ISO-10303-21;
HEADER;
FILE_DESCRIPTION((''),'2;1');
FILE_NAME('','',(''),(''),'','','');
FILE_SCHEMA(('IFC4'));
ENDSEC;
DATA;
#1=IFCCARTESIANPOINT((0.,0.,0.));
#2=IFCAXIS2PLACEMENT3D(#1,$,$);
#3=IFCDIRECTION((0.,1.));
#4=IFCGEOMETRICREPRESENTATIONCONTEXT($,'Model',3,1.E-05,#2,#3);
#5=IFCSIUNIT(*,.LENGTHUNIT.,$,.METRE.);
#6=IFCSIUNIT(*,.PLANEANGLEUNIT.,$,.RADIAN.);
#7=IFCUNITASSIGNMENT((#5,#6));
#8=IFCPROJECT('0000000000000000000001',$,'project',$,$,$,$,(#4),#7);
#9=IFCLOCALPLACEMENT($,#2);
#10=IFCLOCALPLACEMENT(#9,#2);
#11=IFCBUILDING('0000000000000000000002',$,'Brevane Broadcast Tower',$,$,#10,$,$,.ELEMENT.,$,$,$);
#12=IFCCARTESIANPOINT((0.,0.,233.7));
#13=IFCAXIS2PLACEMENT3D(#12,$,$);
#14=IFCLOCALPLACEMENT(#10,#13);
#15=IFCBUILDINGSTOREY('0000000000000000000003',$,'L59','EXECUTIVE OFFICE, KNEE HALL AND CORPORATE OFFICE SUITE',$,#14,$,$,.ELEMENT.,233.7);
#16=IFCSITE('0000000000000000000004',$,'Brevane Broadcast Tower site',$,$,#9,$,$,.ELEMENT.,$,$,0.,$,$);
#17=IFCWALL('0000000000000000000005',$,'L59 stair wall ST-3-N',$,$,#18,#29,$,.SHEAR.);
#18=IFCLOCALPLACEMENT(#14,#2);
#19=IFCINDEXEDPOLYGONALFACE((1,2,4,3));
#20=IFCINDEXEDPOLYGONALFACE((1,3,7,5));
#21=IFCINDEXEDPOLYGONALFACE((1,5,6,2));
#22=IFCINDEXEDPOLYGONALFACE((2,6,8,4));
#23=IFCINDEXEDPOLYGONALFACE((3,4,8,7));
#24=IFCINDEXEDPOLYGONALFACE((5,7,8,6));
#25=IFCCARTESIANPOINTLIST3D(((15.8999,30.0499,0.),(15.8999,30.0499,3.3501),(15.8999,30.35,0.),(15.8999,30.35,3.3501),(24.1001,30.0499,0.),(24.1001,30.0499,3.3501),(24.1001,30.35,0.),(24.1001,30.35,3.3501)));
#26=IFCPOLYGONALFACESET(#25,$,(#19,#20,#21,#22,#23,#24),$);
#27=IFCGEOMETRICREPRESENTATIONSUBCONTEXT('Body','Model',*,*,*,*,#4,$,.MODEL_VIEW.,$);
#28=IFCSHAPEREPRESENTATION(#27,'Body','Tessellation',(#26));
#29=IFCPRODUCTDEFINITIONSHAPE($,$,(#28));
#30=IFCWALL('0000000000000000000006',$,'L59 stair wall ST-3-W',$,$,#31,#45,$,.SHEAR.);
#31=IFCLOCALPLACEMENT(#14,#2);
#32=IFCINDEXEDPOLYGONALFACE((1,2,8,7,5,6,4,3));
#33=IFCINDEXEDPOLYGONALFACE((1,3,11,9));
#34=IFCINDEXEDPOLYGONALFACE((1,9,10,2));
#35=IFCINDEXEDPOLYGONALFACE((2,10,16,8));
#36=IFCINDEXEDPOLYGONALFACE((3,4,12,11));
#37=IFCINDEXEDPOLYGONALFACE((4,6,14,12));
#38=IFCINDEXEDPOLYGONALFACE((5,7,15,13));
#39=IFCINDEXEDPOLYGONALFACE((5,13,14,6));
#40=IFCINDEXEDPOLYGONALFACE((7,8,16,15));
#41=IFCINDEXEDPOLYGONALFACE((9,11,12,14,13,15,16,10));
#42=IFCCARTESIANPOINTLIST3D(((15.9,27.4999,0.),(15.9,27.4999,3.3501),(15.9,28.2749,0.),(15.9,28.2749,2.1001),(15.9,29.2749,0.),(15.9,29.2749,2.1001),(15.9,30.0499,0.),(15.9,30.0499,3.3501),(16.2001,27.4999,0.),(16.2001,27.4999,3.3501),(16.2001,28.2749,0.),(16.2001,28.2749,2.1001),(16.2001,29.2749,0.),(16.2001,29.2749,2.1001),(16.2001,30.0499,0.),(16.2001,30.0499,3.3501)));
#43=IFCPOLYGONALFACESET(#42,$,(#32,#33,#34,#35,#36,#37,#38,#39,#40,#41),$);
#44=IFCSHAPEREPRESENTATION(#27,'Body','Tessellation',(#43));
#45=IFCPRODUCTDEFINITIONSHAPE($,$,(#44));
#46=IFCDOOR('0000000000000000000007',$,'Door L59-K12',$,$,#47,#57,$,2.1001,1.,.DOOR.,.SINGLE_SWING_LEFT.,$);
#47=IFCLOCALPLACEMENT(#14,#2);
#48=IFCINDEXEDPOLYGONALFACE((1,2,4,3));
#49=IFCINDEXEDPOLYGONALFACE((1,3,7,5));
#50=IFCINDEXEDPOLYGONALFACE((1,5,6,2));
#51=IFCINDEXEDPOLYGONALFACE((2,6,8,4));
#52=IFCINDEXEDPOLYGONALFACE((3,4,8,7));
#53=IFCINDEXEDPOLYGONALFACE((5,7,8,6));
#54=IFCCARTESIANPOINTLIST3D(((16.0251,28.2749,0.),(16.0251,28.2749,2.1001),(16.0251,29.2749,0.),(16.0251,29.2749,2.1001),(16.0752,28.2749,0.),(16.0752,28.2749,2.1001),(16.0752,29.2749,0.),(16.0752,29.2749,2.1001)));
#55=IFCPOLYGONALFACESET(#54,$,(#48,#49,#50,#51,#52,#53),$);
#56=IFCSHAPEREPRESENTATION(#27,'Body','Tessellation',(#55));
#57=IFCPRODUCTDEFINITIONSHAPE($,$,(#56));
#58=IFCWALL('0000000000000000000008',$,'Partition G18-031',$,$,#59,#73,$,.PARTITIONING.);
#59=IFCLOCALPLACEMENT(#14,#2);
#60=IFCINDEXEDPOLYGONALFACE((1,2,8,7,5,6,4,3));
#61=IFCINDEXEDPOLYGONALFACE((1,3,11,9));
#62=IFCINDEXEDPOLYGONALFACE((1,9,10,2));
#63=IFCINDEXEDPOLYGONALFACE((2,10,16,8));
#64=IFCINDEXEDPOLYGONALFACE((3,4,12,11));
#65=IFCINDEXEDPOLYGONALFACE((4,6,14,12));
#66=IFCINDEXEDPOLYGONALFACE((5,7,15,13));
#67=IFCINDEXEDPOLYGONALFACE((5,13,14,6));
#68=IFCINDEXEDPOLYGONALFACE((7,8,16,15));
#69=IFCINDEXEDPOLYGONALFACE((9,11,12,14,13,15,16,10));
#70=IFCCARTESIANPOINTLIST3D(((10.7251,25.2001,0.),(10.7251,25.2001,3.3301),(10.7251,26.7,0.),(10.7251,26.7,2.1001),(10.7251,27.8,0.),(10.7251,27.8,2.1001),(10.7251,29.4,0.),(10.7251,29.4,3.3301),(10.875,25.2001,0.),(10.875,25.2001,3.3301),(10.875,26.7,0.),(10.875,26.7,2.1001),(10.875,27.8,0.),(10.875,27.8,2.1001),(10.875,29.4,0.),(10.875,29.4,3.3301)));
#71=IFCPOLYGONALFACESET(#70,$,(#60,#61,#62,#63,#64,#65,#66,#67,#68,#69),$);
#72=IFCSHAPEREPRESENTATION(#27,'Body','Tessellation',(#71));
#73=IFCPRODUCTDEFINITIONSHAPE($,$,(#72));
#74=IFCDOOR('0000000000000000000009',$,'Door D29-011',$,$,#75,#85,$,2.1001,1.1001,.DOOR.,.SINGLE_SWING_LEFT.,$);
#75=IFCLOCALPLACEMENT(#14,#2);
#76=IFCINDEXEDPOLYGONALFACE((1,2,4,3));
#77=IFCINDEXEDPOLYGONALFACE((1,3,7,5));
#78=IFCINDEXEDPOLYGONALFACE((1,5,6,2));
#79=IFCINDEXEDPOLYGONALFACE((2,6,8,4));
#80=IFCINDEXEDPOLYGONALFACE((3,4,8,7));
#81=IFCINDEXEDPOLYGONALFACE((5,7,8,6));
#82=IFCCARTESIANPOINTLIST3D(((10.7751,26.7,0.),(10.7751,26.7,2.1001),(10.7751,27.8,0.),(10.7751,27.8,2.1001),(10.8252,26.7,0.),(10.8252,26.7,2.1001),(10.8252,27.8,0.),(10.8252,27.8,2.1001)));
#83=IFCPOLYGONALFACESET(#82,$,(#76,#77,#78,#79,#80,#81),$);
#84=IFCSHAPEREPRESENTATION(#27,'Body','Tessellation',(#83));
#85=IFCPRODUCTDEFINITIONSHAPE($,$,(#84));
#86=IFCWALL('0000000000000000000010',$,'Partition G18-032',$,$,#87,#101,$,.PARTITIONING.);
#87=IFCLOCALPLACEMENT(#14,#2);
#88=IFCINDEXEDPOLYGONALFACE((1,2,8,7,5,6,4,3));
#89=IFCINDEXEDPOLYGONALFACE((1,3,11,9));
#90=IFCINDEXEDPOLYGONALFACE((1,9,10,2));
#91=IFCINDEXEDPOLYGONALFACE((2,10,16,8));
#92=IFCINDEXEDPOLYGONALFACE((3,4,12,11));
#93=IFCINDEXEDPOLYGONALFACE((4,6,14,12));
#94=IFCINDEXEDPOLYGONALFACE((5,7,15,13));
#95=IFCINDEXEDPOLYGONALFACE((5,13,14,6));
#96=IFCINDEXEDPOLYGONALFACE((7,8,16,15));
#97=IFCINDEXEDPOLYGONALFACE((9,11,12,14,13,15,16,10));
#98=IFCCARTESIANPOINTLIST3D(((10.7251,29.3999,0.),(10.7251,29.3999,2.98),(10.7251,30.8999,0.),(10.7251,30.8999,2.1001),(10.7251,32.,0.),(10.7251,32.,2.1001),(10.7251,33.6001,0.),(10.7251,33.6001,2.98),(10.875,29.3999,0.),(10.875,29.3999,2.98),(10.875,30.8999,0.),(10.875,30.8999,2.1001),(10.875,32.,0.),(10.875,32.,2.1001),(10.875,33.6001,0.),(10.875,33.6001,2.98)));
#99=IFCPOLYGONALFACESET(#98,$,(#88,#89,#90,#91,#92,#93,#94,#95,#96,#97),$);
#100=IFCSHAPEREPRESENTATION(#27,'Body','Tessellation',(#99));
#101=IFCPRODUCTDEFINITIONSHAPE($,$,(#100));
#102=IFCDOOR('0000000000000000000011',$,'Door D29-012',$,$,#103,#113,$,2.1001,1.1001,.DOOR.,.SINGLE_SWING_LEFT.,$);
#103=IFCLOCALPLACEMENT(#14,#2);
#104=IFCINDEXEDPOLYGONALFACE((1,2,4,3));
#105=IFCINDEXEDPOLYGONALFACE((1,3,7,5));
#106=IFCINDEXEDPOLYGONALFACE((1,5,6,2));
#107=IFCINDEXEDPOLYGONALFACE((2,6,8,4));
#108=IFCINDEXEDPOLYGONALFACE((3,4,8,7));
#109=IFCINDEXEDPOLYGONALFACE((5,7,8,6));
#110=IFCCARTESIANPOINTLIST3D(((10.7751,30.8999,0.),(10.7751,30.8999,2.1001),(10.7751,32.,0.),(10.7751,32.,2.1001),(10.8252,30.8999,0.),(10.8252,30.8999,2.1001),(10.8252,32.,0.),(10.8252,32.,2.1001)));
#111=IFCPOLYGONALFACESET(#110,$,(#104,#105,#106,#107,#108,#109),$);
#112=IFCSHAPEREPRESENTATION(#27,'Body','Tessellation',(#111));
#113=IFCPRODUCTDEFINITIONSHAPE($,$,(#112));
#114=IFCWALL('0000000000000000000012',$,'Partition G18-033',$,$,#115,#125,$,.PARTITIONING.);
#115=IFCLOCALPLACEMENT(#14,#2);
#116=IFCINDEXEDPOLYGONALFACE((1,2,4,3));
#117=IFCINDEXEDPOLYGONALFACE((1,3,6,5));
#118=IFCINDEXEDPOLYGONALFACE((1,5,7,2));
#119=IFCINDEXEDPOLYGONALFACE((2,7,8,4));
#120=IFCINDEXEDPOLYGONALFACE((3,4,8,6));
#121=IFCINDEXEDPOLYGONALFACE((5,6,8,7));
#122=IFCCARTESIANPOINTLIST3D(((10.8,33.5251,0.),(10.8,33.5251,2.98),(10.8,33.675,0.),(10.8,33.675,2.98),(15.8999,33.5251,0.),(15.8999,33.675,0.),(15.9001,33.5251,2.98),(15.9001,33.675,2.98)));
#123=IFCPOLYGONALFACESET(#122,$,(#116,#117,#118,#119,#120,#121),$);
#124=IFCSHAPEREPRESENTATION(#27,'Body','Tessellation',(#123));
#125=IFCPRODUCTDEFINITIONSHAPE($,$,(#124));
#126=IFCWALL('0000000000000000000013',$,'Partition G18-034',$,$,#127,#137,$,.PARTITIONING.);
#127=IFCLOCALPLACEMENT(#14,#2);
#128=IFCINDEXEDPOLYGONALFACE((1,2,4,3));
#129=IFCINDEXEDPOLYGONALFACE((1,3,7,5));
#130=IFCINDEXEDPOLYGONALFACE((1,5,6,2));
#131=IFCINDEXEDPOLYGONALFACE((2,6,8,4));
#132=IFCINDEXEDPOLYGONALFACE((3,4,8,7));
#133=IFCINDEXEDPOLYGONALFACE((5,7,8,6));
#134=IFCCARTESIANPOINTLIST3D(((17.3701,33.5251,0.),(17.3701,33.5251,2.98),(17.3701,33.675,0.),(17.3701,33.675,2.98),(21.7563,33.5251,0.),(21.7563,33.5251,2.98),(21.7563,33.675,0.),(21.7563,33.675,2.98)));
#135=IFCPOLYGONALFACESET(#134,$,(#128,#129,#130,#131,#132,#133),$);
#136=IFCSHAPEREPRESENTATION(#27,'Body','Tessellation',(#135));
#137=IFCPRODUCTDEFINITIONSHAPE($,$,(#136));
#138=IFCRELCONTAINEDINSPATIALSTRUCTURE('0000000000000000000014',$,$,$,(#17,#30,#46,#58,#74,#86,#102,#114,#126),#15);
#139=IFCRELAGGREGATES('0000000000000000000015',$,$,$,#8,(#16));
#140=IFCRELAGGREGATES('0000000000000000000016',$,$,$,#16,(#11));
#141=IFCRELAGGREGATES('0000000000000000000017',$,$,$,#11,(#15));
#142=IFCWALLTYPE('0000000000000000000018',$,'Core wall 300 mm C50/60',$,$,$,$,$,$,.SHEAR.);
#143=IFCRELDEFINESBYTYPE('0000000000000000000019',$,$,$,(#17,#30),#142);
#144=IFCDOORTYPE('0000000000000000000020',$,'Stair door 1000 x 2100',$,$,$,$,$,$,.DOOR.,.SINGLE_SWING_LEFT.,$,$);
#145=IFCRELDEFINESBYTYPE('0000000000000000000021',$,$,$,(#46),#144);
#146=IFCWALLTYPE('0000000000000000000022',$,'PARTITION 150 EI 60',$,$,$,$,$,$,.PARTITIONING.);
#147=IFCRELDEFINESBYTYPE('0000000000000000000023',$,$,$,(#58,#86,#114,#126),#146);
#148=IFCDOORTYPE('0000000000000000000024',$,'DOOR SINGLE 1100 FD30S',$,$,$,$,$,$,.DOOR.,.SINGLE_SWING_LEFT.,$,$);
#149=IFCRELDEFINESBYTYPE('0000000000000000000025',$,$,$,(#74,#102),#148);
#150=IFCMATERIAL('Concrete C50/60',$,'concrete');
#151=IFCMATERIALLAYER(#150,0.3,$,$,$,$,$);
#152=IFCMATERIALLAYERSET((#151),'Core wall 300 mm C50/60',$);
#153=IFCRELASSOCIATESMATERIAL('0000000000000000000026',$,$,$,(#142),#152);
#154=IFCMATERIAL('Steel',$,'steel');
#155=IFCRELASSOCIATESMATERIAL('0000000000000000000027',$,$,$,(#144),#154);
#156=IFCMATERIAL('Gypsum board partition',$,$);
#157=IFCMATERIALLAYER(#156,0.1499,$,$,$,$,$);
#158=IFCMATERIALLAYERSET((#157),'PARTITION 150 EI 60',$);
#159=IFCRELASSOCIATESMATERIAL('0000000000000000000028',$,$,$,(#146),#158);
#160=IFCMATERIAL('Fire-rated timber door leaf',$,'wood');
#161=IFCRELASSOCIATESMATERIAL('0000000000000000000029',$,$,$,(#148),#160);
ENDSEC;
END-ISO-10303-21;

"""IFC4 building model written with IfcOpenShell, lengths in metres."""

from ifc_helpers import new_model, si_unit, direction, frame, frame_2d, origin, place, context, subcontext, project, spatial, polyline, rectangle, outline, extrude, material, layer, layer_set, type_object, element, fill, save


model = new_model("IFC4")

# Units and contexts
model_context = context("Model", 3, precision=1e-05, world=origin(), true_north=direction((0.0, 1.0)))
body_context = subcontext(model_context, "Body", "Model", "MODEL_VIEW")
ifc_project = project(units=[si_unit("LENGTHUNIT", "METRE"), si_unit("PLANEANGLEUNIT", "RADIAN")], contexts=[model_context])

# Site, building, storey
site_placement = place(None, origin())
site = spatial("IfcSite", under=ifc_project, at=site_placement, Name="Brevane Broadcast Tower site", CompositionType="ELEMENT", RefElevation=0.0)
building_placement = place(site_placement, origin())
building = spatial("IfcBuilding", under=site, at=building_placement, Name="Brevane Broadcast Tower", CompositionType="ELEMENT")
storey_placement = place(building_placement, frame((0.0, 0.0, 233.7)))
storey = spatial("IfcBuildingStorey", under=building, at=storey_placement, Name="L59", Description="EXECUTIVE OFFICE, KNEE HALL AND CORPORATE OFFICE SUITE", CompositionType="ELEMENT", Elevation=233.7)

# Shared definitions
ifc_material_1 = material(Name="Concrete C50/60", Category="concrete")

# Wall
ifc_layer_1 = layer(ifc_material_1, 0.3)
ifc_layer_set_1 = layer_set([ifc_layer_1], Name="Core wall 300 mm C50/60")
wall_type_1 = type_object("IfcWallType", Name="Core wall 300 mm C50/60", PredefinedType="SHEAR", material=ifc_layer_set_1)
for number, where, z_axis, x_axis, name in (
    (1, (15.8999, 30.2, 0.0), (0.0, 0.0, 1.0), (1.0, 0.0, 0.0), "L59 stair wall ST-3-N"),
):
    element("IfcWall", number, at=place(storey_placement, frame(where, z_axis=z_axis, x_axis=x_axis)), inside=storey, type_object=wall_type_1, Name=name, PredefinedType="SHEAR", context=body_context, shape_type="SweptSolid", body=[
        extrude(rectangle(XDim=8.2002, YDim=0.3, at=frame_2d((4.1001, 0.0))), origin(), (0.0, 0.0, 1.0), 3.3501),
    ])

# Walls, openings, doors
wall_1_placement = place(storey_placement, frame((16.05, 27.5, 0.0), z_axis=(0.0, 0.0, 1.0), x_axis=(0.0, 1.0, 0.0)))
wall_1 = element("IfcWall", 2, at=wall_1_placement, inside=storey, type_object=wall_type_1, Name="L59 stair wall ST-3-W", PredefinedType="SHEAR", context=body_context, shape_type="SweptSolid", body=[
    extrude(rectangle(XDim=2.55, YDim=0.3, at=frame_2d((1.2749, 0.0))), origin(), (0.0, 0.0, 1.0), 3.3501),
])
opening_1_placement = place(wall_1_placement, frame((0.7749, 0.0, 0.0)))
opening_1 = element("IfcOpeningElement", 3, at=opening_1_placement, cuts=wall_1, PredefinedType="OPENING", context=body_context, shape_type="SweptSolid", body=[
    extrude(rectangle(XDim=1.0, YDim=2.1001, at=frame_2d((0.5, 1.05))), frame((0.0, 0.1599, 0.0), z_axis=(0.0, -1.0, 0.0), x_axis=(1.0, 0.0, 0.0)), (0.0, 0.0, 1.0), 0.3201),
])
ifc_material_2 = material(Name="Steel", Category="steel")
door_type_1 = type_object("IfcDoorType", Name="Stair door 1000 x 2100", OperationType="SINGLE_SWING_LEFT", PredefinedType="DOOR", material=ifc_material_2)
door_1_placement = place(opening_1_placement, origin())
door_1 = element("IfcDoor", 4, at=door_1_placement, inside=storey, type_object=door_type_1, Name="Door L59-K12", OperationType="SINGLE_SWING_LEFT", OverallHeight=2.1001, OverallWidth=1.0, PredefinedType="DOOR", context=body_context, shape_type="SweptSolid", body=[
    extrude(rectangle(XDim=1.0, YDim=2.1001, at=frame_2d((0.5, 1.05))), frame((0.0, 0.0249, 0.0), z_axis=(0.0, -1.0, 0.0), x_axis=(1.0, 0.0, 0.0)), (0.0, 0.0, 1.0), 0.05),
])
fill(opening_1, door_1)
ifc_material_3 = material(Name="Gypsum board partition")
ifc_layer_2 = layer(ifc_material_3, 0.1499)
ifc_layer_set_2 = layer_set([ifc_layer_2], Name="PARTITION 150 EI 60")
wall_type_2 = type_object("IfcWallType", Name="PARTITION 150 EI 60", PredefinedType="PARTITIONING", material=ifc_layer_set_2)
wall_2_placement = place(storey_placement, frame((10.8, 25.2, 0.0), z_axis=(0.0, 0.0, 1.0), x_axis=(0.0, 1.0, 0.0)))
wall_2 = element("IfcWall", 5, at=wall_2_placement, inside=storey, type_object=wall_type_2, Name="Partition G18-031", PredefinedType="PARTITIONING", context=body_context, shape_type="SweptSolid", body=[
    extrude(rectangle(XDim=4.2, YDim=0.1499, at=frame_2d((2.1001, 0.0))), origin(), (0.0, 0.0, 1.0), 3.3301),
])
opening_2_placement = place(wall_2_placement, frame((1.5, 0.0, 0.0)))
opening_2 = element("IfcOpeningElement", 6, at=opening_2_placement, cuts=wall_2, PredefinedType="OPENING", context=body_context, shape_type="SweptSolid", body=[
    extrude(rectangle(XDim=1.1001, YDim=2.1001, at=frame_2d((0.55, 1.05))), frame((0.0, 0.085, 0.0), z_axis=(0.0, -1.0, 0.0), x_axis=(1.0, 0.0, 0.0)), (0.0, 0.0, 1.0), 0.1699),
])
ifc_material_4 = material(Name="Fire-rated timber door leaf", Category="wood")
door_type_2 = type_object("IfcDoorType", Name="DOOR SINGLE 1100 FD30S", OperationType="SINGLE_SWING_LEFT", PredefinedType="DOOR", material=ifc_material_4)
door_2_placement = place(opening_2_placement, origin())
door_2 = element("IfcDoor", 7, at=door_2_placement, inside=storey, type_object=door_type_2, Name="Door D29-011", OperationType="SINGLE_SWING_LEFT", OverallHeight=2.1001, OverallWidth=1.1001, PredefinedType="DOOR", context=body_context, shape_type="SweptSolid", body=[
    extrude(rectangle(XDim=1.1001, YDim=2.1001, at=frame_2d((0.55, 1.05))), frame((0.0, 0.0249, 0.0), z_axis=(0.0, -1.0, 0.0), x_axis=(1.0, 0.0, 0.0)), (0.0, 0.0, 1.0), 0.05),
])
fill(opening_2, door_2)
wall_3_placement = place(storey_placement, frame((10.8, 29.3999, 0.0), z_axis=(0.0, 0.0, 1.0), x_axis=(0.0, 1.0, 0.0)))
wall_3 = element("IfcWall", 8, at=wall_3_placement, inside=storey, type_object=wall_type_2, Name="Partition G18-032", PredefinedType="PARTITIONING", context=body_context, shape_type="SweptSolid", body=[
    extrude(rectangle(XDim=4.2002, YDim=0.1499, at=frame_2d((2.1001, 0.0))), origin(), (0.0, 0.0, 1.0), 2.98),
])
opening_3_placement = place(wall_3_placement, frame((1.5, 0.0, 0.0)))
opening_3 = element("IfcOpeningElement", 9, at=opening_3_placement, cuts=wall_3, PredefinedType="OPENING", context=body_context, shape_type="SweptSolid", body=[
    extrude(rectangle(XDim=1.1001, YDim=2.1001, at=frame_2d((0.55, 1.05))), frame((0.0, 0.085, 0.0), z_axis=(0.0, -1.0, 0.0), x_axis=(1.0, 0.0, 0.0)), (0.0, 0.0, 1.0), 0.1699),
])
door_3_placement = place(opening_3_placement, origin())
door_3 = element("IfcDoor", 10, at=door_3_placement, inside=storey, type_object=door_type_2, Name="Door D29-012", OperationType="SINGLE_SWING_LEFT", OverallHeight=2.1001, OverallWidth=1.1001, PredefinedType="DOOR", context=body_context, shape_type="SweptSolid", body=[
    extrude(rectangle(XDim=1.1001, YDim=2.1001, at=frame_2d((0.55, 1.05))), frame((0.0, 0.0249, 0.0), z_axis=(0.0, -1.0, 0.0), x_axis=(1.0, 0.0, 0.0)), (0.0, 0.0, 1.0), 0.05),
])
fill(opening_3, door_3)

# Walls
wall_4_placement = place(storey_placement, frame((10.8, 33.6001, 0.0), z_axis=(0.0, 0.0, 1.0), x_axis=(1.0, 0.0, 0.0)))
element("IfcWall", 11, at=wall_4_placement, inside=storey, type_object=wall_type_2, Name="Partition G18-033", PredefinedType="PARTITIONING", context=body_context, shape_type="SweptSolid", body=[
    extrude(outline(polyline([(0.0, 0.0), (5.0999, 0.0), (5.1001, 2.98), (0.0, 2.98), (0.0, 0.0)])), frame((0.0, 0.075, 0.0), z_axis=(0.0, -1.0, 0.0), x_axis=(1.0, 0.0, 0.0)), (0.0, 0.0, 1.0), 0.1499),
])
wall_5_placement = place(storey_placement, frame((17.3701, 33.6001, 0.0), z_axis=(0.0, 0.0, 1.0), x_axis=(1.0, 0.0, 0.0)))
element("IfcWall", 12, at=wall_5_placement, inside=storey, type_object=wall_type_2, Name="Partition G18-034", PredefinedType="PARTITIONING", context=body_context, shape_type="SweptSolid", body=[
    extrude(rectangle(XDim=4.3862, YDim=0.1499, at=frame_2d((2.1931, 0.0))), origin(), (0.0, 0.0, 1.0), 2.98),
])

save(model, "model.ifc")
